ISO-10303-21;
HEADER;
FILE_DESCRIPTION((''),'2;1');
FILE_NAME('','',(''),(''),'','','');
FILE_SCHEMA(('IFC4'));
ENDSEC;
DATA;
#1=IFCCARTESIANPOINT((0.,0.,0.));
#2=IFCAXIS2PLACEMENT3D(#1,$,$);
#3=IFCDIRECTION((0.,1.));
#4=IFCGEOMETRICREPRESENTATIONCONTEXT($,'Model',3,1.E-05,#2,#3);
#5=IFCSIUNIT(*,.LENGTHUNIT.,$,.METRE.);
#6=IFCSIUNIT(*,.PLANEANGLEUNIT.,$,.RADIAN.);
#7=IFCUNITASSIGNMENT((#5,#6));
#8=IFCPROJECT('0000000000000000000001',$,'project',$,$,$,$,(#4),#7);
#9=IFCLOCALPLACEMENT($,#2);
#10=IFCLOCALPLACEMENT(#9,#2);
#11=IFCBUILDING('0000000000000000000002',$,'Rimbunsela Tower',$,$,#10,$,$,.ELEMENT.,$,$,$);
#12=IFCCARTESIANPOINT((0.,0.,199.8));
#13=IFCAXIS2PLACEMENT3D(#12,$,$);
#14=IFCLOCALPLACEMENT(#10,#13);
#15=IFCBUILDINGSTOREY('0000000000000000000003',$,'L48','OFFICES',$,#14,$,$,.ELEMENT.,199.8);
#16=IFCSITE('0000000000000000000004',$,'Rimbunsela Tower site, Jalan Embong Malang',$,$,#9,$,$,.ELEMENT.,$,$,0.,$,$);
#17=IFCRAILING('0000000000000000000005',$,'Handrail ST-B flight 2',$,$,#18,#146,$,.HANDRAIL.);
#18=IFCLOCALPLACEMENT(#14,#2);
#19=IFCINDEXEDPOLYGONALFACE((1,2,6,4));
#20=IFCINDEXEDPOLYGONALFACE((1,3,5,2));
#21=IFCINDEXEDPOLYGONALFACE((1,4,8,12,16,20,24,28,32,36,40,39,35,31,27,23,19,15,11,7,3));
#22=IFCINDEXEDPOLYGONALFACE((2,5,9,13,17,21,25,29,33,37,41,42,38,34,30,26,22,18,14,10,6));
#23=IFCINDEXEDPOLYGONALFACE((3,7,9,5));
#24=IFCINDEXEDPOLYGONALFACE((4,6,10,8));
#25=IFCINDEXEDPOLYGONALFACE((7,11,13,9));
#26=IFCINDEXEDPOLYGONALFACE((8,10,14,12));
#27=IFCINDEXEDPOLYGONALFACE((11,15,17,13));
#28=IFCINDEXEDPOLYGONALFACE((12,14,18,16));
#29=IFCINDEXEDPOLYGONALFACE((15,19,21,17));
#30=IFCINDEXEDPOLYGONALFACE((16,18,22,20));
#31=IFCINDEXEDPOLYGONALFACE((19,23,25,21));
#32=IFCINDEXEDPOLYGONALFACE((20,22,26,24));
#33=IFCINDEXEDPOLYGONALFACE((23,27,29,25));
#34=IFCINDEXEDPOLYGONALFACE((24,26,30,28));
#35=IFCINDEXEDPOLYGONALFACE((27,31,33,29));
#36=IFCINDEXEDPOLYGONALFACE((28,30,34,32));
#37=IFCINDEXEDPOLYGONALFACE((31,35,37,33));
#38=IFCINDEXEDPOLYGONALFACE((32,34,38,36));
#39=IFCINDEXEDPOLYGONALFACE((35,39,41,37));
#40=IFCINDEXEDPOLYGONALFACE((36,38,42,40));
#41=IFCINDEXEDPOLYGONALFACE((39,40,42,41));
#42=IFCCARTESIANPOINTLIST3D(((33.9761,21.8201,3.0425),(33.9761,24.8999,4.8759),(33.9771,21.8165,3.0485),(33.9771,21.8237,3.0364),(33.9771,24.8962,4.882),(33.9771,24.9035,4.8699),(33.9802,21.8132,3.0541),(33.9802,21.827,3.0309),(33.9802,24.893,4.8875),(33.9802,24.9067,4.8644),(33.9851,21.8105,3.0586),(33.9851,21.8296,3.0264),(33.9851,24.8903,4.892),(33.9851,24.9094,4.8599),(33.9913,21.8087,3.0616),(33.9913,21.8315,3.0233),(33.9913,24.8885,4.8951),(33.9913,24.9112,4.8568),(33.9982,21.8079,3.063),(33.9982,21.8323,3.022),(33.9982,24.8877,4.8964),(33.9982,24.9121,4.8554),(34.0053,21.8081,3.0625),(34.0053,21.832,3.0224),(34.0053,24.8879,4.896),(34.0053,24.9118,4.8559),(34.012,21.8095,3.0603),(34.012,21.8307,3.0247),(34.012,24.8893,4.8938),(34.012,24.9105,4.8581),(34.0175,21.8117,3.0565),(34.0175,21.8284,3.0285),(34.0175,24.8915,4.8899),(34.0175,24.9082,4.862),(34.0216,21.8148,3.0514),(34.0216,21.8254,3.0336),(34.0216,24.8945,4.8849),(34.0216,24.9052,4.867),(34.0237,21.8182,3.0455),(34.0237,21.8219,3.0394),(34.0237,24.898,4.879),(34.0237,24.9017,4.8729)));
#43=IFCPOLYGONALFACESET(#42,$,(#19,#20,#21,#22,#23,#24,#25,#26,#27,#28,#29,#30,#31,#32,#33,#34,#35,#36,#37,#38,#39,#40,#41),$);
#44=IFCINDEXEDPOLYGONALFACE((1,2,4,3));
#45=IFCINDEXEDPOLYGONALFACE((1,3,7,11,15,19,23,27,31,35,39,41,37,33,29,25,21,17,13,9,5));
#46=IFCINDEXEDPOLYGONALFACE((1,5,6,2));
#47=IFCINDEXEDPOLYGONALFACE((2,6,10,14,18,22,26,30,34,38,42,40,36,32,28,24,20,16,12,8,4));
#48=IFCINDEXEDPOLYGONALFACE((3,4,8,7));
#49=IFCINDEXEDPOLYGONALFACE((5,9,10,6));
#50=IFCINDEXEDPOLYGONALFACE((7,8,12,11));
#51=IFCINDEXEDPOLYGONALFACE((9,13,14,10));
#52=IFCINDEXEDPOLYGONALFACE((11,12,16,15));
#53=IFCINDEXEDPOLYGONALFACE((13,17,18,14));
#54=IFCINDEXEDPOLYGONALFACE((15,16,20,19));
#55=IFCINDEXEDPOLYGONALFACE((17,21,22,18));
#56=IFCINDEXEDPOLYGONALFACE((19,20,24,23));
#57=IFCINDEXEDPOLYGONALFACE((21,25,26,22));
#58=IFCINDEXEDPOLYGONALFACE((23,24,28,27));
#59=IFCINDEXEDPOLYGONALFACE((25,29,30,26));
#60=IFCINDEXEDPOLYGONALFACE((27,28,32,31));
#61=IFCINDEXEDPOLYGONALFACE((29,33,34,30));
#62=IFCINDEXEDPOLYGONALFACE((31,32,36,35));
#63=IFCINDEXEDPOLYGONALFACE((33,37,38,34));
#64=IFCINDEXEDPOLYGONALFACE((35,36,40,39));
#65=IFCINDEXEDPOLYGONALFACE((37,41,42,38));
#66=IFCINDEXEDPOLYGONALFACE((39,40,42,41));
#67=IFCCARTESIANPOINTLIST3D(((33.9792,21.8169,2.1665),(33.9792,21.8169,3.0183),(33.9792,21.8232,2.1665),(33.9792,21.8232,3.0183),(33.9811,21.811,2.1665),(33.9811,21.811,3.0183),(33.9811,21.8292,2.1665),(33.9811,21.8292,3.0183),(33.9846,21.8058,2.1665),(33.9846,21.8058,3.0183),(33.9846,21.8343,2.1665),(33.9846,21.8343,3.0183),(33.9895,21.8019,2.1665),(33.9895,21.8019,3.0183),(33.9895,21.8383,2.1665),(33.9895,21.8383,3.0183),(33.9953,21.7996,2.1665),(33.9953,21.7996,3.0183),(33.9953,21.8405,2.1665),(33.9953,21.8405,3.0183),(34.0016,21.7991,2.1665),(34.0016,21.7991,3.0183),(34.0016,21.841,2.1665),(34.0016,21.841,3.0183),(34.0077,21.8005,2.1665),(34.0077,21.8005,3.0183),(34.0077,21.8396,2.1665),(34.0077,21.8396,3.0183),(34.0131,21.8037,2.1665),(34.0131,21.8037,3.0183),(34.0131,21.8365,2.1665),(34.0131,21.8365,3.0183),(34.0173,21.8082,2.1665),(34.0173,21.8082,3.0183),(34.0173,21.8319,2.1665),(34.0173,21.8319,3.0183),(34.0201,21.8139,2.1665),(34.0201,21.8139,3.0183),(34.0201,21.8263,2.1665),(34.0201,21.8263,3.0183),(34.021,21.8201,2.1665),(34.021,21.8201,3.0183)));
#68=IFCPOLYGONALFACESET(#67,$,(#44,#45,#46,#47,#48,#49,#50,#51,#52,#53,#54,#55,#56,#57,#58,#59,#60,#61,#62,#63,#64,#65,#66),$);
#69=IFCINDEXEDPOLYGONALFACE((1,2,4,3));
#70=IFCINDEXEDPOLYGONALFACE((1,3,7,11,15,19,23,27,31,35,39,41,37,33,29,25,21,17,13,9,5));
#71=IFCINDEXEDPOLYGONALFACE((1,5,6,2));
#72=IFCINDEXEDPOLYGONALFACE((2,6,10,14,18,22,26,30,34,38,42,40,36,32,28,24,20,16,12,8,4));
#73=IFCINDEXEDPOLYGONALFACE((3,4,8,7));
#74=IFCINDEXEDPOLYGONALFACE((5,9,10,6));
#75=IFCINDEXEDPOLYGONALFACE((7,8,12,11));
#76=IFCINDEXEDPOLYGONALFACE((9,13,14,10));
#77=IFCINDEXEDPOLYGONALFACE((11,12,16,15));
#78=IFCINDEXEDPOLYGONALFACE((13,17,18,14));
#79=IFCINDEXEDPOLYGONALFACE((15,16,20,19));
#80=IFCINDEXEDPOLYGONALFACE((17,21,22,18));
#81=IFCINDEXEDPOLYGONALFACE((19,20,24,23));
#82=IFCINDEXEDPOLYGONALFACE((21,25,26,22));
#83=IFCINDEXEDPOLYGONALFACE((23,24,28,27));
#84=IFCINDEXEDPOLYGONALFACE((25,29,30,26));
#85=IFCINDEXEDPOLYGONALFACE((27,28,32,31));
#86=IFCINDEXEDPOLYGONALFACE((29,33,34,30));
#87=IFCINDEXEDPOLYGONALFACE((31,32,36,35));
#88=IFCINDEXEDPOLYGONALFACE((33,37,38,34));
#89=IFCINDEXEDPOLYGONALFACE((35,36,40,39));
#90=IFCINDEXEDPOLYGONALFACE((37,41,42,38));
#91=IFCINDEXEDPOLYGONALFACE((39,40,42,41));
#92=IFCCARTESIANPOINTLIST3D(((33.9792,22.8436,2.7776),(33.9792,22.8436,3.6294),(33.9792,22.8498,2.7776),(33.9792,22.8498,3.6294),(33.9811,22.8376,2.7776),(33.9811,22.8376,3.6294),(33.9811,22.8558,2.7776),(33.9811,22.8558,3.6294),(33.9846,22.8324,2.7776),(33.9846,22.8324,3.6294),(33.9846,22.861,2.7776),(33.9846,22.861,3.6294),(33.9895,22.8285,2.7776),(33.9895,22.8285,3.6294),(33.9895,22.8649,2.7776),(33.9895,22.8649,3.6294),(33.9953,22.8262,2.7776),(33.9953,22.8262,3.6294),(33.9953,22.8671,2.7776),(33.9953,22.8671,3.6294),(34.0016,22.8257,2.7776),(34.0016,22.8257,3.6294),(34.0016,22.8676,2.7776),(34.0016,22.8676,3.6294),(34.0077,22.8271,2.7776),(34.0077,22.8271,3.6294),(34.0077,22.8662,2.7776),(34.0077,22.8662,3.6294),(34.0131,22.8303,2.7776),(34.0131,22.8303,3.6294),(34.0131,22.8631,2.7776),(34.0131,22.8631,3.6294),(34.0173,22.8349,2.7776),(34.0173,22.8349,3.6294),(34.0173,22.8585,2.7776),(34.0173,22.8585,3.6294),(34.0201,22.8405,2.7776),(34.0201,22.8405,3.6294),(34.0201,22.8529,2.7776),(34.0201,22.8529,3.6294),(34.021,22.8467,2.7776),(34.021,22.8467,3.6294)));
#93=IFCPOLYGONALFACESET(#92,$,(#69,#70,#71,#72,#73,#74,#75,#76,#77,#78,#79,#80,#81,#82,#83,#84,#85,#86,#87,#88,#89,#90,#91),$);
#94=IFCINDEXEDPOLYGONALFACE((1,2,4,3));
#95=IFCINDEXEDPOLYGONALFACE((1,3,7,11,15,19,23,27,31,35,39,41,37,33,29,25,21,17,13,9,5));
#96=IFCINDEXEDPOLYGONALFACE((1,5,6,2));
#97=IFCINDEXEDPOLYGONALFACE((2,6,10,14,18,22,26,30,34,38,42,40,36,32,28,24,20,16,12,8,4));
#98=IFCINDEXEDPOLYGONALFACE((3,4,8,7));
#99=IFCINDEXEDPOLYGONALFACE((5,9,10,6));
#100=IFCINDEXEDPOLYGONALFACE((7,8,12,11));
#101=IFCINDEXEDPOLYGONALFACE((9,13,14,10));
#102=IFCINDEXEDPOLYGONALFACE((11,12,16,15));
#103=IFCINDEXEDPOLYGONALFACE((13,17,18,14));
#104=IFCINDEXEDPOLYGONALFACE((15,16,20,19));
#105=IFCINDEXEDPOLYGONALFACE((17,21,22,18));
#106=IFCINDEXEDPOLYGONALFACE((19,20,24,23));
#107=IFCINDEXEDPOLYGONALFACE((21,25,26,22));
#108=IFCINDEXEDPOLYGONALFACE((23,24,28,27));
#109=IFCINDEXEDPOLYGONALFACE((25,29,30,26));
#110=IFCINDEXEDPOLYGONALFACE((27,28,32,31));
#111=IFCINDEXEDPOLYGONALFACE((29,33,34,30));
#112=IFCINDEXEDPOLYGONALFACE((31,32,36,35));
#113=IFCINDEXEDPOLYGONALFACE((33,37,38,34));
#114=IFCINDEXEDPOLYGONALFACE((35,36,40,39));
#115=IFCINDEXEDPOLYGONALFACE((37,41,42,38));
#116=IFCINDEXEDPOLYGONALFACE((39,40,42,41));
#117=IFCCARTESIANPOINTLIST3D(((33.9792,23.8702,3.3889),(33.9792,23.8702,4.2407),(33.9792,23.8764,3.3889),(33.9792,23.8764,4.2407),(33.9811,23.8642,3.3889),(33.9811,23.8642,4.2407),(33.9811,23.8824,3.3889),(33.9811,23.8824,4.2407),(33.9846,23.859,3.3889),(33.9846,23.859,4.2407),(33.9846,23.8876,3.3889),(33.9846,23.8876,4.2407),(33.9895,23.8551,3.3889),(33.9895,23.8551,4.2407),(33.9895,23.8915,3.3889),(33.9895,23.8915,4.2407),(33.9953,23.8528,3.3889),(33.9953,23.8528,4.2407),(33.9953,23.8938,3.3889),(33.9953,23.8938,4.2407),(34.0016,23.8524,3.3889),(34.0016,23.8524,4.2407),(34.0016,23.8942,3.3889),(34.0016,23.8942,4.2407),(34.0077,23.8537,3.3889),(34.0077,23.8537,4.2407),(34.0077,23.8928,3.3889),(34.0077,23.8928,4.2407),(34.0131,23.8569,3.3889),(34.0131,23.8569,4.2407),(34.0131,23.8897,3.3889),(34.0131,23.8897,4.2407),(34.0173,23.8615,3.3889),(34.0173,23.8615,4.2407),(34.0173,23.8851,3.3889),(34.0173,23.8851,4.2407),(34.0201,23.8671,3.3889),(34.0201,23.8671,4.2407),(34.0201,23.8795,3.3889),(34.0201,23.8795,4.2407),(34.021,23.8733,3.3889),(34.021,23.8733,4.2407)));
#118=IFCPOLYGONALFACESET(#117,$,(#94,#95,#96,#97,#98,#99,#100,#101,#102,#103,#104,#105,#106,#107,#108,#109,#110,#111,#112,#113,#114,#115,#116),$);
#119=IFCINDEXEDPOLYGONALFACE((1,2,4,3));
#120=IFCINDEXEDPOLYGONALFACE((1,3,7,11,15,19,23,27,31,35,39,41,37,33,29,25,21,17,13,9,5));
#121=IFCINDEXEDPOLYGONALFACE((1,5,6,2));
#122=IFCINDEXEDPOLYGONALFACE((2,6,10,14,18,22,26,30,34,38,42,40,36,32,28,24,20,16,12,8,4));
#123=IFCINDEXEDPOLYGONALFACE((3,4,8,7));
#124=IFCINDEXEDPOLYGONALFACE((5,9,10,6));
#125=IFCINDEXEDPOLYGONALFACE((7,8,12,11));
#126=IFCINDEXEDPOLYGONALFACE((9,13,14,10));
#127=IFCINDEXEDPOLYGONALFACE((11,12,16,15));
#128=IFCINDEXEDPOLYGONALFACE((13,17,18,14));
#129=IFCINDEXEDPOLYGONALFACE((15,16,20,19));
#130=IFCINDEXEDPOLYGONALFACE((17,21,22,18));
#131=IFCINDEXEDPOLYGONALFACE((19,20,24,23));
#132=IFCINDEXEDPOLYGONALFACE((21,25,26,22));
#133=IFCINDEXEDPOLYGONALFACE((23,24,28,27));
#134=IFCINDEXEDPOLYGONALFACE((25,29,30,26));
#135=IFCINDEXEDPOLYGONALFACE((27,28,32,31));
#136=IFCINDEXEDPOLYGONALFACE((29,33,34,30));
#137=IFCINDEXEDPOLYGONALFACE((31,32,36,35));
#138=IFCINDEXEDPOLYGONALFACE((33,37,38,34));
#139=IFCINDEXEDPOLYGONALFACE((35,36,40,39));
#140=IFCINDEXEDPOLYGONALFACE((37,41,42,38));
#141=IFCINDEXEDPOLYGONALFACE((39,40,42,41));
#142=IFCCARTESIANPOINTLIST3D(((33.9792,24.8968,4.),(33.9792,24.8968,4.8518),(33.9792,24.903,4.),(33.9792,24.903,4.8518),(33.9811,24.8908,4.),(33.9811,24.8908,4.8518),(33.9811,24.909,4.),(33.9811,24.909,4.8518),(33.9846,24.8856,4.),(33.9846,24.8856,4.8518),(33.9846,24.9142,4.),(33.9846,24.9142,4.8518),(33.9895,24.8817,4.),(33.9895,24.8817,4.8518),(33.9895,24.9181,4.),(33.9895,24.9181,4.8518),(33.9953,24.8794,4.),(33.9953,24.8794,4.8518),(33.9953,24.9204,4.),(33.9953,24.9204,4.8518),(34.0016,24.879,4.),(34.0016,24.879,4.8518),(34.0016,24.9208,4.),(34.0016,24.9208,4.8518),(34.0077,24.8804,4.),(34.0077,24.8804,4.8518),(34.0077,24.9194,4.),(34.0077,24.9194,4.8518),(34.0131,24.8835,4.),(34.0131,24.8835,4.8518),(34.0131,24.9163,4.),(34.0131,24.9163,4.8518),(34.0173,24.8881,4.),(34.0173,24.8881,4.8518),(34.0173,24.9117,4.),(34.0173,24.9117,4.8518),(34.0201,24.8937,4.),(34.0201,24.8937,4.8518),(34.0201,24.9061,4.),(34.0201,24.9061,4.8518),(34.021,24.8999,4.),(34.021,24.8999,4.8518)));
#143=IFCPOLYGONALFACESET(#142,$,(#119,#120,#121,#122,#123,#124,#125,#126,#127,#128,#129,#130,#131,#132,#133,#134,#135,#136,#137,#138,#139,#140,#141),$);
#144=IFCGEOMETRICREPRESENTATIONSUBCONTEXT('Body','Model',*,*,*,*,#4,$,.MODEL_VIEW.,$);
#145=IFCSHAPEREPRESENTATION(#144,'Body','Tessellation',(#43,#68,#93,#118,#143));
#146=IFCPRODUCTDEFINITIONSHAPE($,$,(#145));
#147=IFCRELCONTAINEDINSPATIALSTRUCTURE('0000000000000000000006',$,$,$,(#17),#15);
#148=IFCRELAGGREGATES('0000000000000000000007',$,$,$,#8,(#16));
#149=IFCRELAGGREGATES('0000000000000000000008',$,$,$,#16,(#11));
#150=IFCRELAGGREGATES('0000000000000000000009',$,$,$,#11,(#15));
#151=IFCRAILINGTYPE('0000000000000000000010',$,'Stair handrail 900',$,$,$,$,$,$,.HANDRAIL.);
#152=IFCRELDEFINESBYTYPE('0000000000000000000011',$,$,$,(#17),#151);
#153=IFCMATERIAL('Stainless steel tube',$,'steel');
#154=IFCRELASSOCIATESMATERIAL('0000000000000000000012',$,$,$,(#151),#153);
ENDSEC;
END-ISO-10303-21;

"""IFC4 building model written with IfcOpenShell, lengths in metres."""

from ifc_helpers import new_model, si_unit, direction, frame, origin, origin_2d, place, context, subcontext, project, spatial, circle, extrude, material, type_object, element, save


model = new_model("IFC4")

# Units and contexts
model_context = context("Model", 3, precision=1e-05, world=origin(), true_north=direction((0.0, 1.0)))
body_context = subcontext(model_context, "Body", "Model", "MODEL_VIEW")
ifc_project = project(units=[si_unit("LENGTHUNIT", "METRE"), si_unit("PLANEANGLEUNIT", "RADIAN")], contexts=[model_context])

# Site, building, storey
site_placement = place(None, origin())
site = spatial("IfcSite", under=ifc_project, at=site_placement, Name="Rimbunsela Tower site, Jalan Embong Malang", CompositionType="ELEMENT", RefElevation=0.0)
building_placement = place(site_placement, origin())
building = spatial("IfcBuilding", under=site, at=building_placement, Name="Rimbunsela Tower", CompositionType="ELEMENT")
storey_placement = place(building_placement, frame((0.0, 0.0, 199.8)))
storey = spatial("IfcBuildingStorey", under=building, at=storey_placement, Name="L48", Description="OFFICES", CompositionType="ELEMENT", Elevation=199.8)

# Railing
ifc_material_1 = material(Name="Stainless steel tube", Category="steel")
railing_type = type_object("IfcRailingType", Name="Stair handrail 900", PredefinedType="HANDRAIL", material=ifc_material_1)
railing_1_placement = place(storey_placement, frame((34.0, 21.8201, 2.1665)))
element("IfcRailing", 1, at=railing_1_placement, inside=storey, type_object=railing_type, Name="Handrail ST-B flight 2", PredefinedType="HANDRAIL", context=body_context, shape_type="SweptSolid", body=[
    extrude(circle(Radius=0.0239, at=origin_2d()), frame((0.0, 0.0, 0.876), z_axis=(0.0, 0.859261, 0.511538), x_axis=(-1.0, 0.0, 0.0)), (0.0, 0.0, 1.0), 3.5842),
    extrude(circle(Radius=0.021, at=origin_2d()), origin(), (0.0, 0.0, 1.0), 0.8518),
    extrude(circle(Radius=0.021, at=origin_2d()), frame((0.0, 1.0266, 0.6111)), (0.0, 0.0, 1.0), 0.8518),
    extrude(circle(Radius=0.021, at=origin_2d()), frame((0.0, 2.0532, 1.2224)), (0.0, 0.0, 1.0), 0.8518),
    extrude(circle(Radius=0.021, at=origin_2d()), frame((0.0, 3.0798, 1.8335)), (0.0, 0.0, 1.0), 0.8518),
])

save(model, "model.ifc")
